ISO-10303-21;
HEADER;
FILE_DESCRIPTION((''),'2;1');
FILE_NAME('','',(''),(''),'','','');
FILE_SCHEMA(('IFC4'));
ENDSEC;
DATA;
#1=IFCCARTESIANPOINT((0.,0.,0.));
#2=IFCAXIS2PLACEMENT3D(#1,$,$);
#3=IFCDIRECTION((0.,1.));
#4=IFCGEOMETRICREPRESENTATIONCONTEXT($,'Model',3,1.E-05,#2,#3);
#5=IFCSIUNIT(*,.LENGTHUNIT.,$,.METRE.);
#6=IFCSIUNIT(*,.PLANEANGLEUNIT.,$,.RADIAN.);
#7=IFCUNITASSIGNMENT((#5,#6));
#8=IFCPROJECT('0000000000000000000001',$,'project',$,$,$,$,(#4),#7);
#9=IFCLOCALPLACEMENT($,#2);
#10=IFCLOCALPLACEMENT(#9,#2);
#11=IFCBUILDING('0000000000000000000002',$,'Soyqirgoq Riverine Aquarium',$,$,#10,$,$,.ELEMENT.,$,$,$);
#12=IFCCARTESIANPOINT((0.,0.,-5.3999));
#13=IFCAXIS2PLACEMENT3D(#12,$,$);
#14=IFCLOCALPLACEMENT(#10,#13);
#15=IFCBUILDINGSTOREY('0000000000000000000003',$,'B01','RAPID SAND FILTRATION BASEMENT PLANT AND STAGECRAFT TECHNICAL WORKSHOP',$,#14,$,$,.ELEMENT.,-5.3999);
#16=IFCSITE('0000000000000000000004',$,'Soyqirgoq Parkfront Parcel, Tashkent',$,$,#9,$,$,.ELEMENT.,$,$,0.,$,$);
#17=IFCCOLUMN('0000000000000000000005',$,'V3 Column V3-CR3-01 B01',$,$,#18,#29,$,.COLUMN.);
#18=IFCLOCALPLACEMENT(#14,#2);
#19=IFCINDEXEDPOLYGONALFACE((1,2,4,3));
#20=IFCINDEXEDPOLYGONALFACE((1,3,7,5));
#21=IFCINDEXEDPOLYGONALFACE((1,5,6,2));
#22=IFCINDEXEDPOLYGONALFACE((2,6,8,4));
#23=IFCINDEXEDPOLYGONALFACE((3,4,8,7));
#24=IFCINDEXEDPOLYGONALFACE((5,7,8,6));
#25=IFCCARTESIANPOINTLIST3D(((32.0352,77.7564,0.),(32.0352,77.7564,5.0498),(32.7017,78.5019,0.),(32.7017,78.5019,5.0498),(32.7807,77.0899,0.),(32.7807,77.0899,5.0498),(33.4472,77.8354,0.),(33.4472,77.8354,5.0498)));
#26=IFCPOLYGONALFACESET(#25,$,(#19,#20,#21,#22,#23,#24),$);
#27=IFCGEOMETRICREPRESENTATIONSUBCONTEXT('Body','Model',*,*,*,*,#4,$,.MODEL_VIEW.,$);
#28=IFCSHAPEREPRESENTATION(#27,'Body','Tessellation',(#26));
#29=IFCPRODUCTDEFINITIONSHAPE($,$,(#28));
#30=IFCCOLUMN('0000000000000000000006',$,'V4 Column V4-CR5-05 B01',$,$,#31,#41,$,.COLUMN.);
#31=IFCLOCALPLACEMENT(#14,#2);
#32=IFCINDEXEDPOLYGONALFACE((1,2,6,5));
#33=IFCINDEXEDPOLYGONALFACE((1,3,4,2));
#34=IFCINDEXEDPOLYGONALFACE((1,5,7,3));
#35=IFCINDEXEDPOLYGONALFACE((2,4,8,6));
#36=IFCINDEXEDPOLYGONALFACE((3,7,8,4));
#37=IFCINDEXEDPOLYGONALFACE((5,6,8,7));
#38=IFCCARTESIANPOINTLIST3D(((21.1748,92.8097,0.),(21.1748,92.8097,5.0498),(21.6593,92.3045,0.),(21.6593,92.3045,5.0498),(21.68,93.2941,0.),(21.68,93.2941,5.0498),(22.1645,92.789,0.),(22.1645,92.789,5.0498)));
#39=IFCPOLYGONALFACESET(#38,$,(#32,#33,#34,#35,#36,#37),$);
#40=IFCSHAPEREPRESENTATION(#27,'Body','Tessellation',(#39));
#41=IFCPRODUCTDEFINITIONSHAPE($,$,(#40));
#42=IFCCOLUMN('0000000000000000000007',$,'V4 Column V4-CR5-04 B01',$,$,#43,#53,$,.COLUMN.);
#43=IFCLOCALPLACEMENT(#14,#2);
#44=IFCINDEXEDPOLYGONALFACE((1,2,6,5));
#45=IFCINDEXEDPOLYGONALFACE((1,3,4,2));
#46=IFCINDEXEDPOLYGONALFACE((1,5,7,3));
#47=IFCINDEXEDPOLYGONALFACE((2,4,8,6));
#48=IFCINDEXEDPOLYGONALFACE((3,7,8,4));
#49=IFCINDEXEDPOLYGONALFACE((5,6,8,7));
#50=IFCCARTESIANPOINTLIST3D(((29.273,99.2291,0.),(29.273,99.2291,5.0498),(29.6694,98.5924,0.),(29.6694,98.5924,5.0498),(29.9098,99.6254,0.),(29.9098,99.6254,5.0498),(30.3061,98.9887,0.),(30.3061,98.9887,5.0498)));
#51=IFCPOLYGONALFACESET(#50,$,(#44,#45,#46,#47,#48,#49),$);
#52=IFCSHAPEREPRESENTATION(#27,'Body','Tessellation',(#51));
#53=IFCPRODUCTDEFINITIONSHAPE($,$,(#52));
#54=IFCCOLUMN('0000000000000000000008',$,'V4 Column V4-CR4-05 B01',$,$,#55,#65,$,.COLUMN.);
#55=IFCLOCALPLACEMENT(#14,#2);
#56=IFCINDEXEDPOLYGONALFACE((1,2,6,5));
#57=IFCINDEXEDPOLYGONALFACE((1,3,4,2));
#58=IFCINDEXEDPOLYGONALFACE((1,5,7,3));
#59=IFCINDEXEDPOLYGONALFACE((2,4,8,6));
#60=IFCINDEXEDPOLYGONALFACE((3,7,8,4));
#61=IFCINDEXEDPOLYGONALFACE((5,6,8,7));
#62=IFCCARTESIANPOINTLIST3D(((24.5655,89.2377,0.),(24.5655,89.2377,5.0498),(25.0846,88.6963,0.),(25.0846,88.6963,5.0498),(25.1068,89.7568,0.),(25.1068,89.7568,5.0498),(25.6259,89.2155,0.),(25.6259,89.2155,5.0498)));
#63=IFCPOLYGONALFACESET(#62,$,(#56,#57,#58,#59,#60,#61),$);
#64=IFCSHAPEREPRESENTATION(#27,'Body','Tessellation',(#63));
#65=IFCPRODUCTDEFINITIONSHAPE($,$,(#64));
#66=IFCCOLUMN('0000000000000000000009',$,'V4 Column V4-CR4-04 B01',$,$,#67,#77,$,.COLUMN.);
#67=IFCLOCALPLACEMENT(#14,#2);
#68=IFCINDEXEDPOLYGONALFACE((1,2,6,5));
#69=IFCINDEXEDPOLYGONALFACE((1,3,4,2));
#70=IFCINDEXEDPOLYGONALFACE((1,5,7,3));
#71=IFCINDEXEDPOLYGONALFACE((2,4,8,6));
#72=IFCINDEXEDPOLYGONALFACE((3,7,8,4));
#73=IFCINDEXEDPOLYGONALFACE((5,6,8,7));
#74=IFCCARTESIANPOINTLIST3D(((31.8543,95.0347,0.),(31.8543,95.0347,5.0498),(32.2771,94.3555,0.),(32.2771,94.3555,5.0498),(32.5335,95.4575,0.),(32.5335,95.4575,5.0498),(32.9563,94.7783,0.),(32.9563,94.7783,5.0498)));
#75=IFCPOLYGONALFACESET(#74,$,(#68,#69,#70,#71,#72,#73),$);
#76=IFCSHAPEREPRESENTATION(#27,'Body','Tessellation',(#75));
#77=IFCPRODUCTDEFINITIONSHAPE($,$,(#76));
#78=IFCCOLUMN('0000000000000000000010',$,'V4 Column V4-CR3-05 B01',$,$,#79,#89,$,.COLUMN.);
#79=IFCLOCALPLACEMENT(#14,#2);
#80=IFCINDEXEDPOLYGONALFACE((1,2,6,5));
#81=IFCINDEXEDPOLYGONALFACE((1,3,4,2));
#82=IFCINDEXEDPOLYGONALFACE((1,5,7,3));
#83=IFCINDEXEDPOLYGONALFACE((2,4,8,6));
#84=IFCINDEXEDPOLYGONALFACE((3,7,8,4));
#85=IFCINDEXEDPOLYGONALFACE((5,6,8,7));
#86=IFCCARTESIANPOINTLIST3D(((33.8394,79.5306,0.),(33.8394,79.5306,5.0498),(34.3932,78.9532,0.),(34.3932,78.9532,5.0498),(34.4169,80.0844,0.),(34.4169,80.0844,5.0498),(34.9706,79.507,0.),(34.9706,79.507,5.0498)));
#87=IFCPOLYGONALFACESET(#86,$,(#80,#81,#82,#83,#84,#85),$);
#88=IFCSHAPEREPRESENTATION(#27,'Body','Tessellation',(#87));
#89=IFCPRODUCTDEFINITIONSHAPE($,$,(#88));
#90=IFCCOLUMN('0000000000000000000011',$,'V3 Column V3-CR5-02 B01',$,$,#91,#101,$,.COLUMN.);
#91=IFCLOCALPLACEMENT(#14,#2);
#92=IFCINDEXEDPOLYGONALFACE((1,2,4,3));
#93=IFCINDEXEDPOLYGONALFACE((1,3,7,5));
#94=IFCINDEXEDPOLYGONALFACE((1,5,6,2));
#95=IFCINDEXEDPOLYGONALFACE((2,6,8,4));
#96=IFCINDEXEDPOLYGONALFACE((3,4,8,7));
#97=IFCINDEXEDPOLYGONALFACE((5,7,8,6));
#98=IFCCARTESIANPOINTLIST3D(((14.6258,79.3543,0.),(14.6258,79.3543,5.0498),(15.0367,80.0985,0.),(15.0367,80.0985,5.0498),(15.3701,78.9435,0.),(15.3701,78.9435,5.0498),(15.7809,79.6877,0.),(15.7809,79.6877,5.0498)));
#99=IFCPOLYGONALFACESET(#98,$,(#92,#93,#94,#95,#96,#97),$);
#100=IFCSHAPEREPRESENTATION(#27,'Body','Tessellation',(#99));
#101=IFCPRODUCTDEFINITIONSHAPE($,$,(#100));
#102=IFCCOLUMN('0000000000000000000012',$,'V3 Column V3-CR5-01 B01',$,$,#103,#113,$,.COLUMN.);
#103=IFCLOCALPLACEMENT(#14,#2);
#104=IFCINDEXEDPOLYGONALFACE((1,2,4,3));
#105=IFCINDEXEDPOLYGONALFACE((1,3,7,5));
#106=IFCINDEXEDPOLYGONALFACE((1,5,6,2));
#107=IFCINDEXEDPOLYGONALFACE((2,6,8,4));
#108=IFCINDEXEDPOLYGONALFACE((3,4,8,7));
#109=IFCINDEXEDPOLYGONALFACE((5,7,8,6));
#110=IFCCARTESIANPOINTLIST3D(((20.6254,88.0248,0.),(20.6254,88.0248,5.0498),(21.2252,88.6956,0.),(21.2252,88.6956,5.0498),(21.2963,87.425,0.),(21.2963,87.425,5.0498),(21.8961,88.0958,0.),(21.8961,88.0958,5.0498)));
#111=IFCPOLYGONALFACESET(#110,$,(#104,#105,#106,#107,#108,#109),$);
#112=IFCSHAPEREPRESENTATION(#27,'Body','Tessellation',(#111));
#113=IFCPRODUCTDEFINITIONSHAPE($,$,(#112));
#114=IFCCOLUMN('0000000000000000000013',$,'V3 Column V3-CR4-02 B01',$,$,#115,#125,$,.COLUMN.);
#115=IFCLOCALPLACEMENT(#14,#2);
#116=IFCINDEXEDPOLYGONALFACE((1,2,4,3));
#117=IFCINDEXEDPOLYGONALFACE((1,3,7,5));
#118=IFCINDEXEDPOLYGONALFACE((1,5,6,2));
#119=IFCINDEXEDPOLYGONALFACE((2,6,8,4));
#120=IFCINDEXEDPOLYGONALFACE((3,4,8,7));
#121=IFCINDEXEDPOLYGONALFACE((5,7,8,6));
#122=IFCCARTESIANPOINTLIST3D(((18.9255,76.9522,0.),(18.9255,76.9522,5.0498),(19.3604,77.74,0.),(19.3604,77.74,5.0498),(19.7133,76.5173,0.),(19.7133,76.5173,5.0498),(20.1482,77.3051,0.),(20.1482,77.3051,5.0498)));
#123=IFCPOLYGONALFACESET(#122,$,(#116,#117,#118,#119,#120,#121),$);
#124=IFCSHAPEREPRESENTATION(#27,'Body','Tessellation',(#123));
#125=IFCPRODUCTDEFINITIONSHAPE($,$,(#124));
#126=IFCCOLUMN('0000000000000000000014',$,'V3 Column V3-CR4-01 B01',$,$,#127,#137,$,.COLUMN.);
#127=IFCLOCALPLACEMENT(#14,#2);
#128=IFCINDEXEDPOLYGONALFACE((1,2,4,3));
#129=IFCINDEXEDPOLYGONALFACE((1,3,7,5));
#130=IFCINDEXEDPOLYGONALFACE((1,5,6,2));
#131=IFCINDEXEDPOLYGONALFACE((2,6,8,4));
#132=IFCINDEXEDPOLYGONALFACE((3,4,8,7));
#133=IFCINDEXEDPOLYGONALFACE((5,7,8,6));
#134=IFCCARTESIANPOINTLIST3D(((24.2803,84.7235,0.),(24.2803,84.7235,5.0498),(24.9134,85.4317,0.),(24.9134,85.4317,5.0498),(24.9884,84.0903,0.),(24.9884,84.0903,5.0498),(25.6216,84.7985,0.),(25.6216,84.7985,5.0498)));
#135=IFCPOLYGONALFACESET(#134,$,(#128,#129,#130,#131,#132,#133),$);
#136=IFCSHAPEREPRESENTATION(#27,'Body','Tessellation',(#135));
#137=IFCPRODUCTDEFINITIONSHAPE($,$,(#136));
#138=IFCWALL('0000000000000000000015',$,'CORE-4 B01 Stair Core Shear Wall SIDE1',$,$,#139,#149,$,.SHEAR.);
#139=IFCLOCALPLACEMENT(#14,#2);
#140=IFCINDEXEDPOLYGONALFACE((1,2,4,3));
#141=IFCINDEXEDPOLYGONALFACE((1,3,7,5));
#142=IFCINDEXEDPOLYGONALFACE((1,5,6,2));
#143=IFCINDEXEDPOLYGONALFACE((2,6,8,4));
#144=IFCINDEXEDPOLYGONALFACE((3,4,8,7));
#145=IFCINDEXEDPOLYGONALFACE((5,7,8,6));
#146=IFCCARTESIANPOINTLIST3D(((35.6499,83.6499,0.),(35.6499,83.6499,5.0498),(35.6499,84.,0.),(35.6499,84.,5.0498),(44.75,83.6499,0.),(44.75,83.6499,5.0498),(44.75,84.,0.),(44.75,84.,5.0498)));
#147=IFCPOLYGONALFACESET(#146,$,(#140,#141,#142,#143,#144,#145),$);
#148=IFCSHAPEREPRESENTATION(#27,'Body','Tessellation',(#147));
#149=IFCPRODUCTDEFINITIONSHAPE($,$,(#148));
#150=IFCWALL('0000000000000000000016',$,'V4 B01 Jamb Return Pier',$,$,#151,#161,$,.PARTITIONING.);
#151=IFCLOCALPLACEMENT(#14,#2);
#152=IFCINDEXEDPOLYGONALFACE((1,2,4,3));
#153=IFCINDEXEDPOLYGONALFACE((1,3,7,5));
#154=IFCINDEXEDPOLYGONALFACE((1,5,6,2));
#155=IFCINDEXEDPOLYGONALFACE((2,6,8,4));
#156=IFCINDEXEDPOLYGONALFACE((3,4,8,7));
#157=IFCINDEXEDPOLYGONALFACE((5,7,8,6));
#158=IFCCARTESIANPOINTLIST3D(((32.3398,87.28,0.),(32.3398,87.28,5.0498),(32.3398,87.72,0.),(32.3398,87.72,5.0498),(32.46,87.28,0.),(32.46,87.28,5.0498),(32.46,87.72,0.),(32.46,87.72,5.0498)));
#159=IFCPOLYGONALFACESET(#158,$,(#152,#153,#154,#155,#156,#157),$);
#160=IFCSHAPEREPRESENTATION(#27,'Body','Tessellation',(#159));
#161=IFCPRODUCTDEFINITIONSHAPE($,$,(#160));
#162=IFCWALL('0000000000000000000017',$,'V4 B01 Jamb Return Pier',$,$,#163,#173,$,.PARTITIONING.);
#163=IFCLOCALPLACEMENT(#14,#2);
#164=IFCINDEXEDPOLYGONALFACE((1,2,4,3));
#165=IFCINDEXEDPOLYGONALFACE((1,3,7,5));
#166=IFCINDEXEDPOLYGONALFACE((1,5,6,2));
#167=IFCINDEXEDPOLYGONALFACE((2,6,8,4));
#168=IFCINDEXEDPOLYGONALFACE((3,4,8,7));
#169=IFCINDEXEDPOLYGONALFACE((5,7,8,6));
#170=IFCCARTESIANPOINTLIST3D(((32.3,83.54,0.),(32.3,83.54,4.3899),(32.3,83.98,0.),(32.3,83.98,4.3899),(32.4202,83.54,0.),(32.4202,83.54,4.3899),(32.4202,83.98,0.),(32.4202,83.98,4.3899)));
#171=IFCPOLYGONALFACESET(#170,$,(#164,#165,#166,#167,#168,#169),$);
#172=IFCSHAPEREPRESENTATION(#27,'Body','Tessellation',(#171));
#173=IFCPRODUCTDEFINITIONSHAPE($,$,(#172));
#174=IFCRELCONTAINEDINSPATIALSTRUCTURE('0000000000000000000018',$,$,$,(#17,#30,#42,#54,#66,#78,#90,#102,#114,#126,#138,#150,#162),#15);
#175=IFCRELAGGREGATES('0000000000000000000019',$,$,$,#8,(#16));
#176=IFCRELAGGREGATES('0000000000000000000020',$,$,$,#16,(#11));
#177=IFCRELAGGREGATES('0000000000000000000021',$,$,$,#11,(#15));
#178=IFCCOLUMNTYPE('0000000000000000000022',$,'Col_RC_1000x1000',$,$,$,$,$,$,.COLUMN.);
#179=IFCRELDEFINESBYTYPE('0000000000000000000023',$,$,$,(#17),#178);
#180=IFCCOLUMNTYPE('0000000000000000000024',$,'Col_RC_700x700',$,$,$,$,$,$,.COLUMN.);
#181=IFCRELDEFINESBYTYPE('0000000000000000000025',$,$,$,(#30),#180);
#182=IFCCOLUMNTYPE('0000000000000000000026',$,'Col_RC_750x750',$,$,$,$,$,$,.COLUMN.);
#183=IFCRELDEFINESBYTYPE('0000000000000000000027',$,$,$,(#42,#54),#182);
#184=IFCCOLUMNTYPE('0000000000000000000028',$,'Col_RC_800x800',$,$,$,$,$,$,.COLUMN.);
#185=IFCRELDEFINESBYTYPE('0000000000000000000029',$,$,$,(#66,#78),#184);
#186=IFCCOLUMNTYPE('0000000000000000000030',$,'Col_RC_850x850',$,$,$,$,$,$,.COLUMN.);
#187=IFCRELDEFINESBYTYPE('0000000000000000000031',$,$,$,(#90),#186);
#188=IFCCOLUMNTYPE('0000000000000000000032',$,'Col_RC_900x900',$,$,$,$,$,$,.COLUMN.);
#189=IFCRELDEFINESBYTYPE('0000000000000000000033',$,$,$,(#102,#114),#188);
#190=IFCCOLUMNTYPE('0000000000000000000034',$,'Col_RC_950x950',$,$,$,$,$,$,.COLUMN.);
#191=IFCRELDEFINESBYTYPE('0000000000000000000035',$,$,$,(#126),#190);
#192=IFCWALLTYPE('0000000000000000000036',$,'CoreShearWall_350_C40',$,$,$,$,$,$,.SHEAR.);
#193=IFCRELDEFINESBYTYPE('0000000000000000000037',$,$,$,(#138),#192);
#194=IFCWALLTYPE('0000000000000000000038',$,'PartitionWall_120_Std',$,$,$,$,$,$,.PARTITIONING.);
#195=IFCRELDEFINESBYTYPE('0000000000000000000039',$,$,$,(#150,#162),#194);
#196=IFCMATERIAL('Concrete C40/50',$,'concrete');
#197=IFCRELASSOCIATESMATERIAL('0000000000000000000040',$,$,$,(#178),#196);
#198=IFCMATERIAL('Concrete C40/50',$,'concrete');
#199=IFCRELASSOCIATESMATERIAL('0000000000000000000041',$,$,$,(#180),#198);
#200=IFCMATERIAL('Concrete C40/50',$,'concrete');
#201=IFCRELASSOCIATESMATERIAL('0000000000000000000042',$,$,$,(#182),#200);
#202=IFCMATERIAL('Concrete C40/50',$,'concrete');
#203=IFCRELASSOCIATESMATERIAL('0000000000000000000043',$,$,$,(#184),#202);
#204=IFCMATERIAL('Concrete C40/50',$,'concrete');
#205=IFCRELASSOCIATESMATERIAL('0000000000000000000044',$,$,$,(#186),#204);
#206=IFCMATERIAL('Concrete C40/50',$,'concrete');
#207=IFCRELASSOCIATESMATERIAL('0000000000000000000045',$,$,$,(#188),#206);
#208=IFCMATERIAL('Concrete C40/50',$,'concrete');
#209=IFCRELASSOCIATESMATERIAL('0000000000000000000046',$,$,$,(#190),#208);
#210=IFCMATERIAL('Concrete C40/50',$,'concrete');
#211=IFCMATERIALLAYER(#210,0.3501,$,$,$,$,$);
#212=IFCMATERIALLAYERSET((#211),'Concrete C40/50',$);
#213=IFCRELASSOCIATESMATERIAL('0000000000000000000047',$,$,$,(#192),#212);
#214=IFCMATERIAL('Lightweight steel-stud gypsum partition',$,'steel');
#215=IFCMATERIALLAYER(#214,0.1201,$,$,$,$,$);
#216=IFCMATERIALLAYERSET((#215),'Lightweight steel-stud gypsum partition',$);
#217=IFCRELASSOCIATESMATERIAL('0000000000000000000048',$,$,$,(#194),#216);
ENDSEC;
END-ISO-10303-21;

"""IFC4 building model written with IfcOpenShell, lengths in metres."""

from ifc_helpers import new_model, si_unit, direction, frame, frame_2d, origin, origin_2d, place, context, subcontext, project, spatial, rectangle, extrude, material, layer, layer_set, material_profile, profile_set, type_object, element, save


model = new_model("IFC4")

# Units and contexts
model_context = context("Model", 3, precision=1e-05, world=origin(), true_north=direction((0.0, 1.0)))
body_context = subcontext(model_context, "Body", "Model", "MODEL_VIEW")
ifc_project = project(units=[si_unit("LENGTHUNIT", "METRE"), si_unit("PLANEANGLEUNIT", "RADIAN")], contexts=[model_context])

# Site, building, storey
site_placement = place(None, origin())
site = spatial("IfcSite", under=ifc_project, at=site_placement, Name="Soyqirgoq Parkfront Parcel, Tashkent", CompositionType="ELEMENT", RefElevation=0.0)
building_placement = place(site_placement, origin())
building = spatial("IfcBuilding", under=site, at=building_placement, Name="Soyqirgoq Riverine Aquarium", CompositionType="ELEMENT")
storey_placement = place(building_placement, frame((0.0, 0.0, -5.3999)))
storey = spatial("IfcBuildingStorey", under=building, at=storey_placement, Name="B01", Description="RAPID SAND FILTRATION BASEMENT PLANT AND STAGECRAFT TECHNICAL WORKSHOP", CompositionType="ELEMENT", Elevation=-5.3999)

# Columns
ifc_material_1 = material(Name="Concrete C40/50", Category="concrete")
ifc_material_profile_1 = material_profile(ifc_material_1, rectangle(XDim=1.0, YDim=1.0, at=origin_2d()), Name="RC 1000x1000")
ifc_profile_set_1 = profile_set([ifc_material_profile_1], Name="Concrete C40/50")
column_type_1 = type_object("IfcColumnType", Name="Col_RC_1000x1000", PredefinedType="COLUMN", material=ifc_profile_set_1)
column_1_placement = place(storey_placement, frame((32.7412, 77.7959, 0.0), z_axis=(0.0, 0.0, 1.0), x_axis=(-0.745476, 0.666532, 0.0)))
element("IfcColumn", 1, at=column_1_placement, inside=storey, type_object=column_type_1, Name="V3 Column V3-CR3-01 B01", PredefinedType="COLUMN", context=body_context, shape_type="SweptSolid", body=[
    extrude(rectangle(XDim=1.0, YDim=1.0, at=origin_2d()), origin(), (0.0, 0.0, 1.0), 5.0498),
])
ifc_material_2 = material(Name="Concrete C40/50", Category="concrete")
ifc_material_profile_2 = material_profile(ifc_material_2, rectangle(XDim=0.7, YDim=0.7, at=origin_2d()), Name="RC 700x700")
ifc_profile_set_2 = profile_set([ifc_material_profile_2], Name="Concrete C40/50")
column_type_2 = type_object("IfcColumnType", Name="Col_RC_700x700", PredefinedType="COLUMN", material=ifc_profile_set_2)
column_2_placement = place(storey_placement, frame((21.6697, 92.7993, 0.0), z_axis=(0.0, 0.0, 1.0), x_axis=(-0.692143, 0.72176, 0.0)))
element("IfcColumn", 2, at=column_2_placement, inside=storey, type_object=column_type_2, Name="V4 Column V4-CR5-05 B01", PredefinedType="COLUMN", context=body_context, shape_type="SweptSolid", body=[
    extrude(rectangle(XDim=0.7, YDim=0.7, at=origin_2d()), origin(), (0.0, 0.0, 1.0), 5.0498),
])
ifc_material_3 = material(Name="Concrete C40/50", Category="concrete")
ifc_material_profile_3 = material_profile(ifc_material_3, rectangle(XDim=0.75, YDim=0.75, at=origin_2d()), Name="RC 750x750")
ifc_profile_set_3 = profile_set([ifc_material_profile_3], Name="Concrete C40/50")
column_type_3 = type_object("IfcColumnType", Name="Col_RC_750x750", PredefinedType="COLUMN", material=ifc_profile_set_3)
for number, where, z_axis, x_axis, name in (
    (3, (29.7896, 99.1089, 0.0), (0.0, 0.0, 1.0), (-0.528438, 0.848972, 0.0), "V4 Column V4-CR5-04 B01"),
    (4, (25.0957, 89.2266, 0.0), (0.0, 0.0, 1.0), (-0.692143, 0.72176, 0.0), "V4 Column V4-CR4-05 B01"),
):
    element("IfcColumn", number, at=place(storey_placement, frame(where, z_axis=z_axis, x_axis=x_axis)), inside=storey, type_object=column_type_3, Name=name, PredefinedType="COLUMN", context=body_context, shape_type="SweptSolid", body=[
        extrude(rectangle(XDim=0.75, YDim=0.75, at=origin_2d()), origin(), (0.0, 0.0, 1.0), 5.0498),
    ])
ifc_material_4 = material(Name="Concrete C40/50", Category="concrete")
ifc_material_profile_4 = material_profile(ifc_material_4, rectangle(XDim=0.8, YDim=0.8, at=origin_2d()), Name="RC 800x800")
ifc_profile_set_4 = profile_set([ifc_material_profile_4], Name="Concrete C40/50")
column_type_4 = type_object("IfcColumnType", Name="Col_RC_800x800", PredefinedType="COLUMN", material=ifc_profile_set_4)
for number, where, z_axis, x_axis, name in (
    (5, (32.4053, 94.9065, 0.0), (0.0, 0.0, 1.0), (-0.528438, 0.848972, 0.0), "V4 Column V4-CR4-04 B01"),
    (6, (34.405, 79.5188, 0.0), (0.0, 0.0, 1.0), (-0.692143, 0.72176, 0.0), "V4 Column V4-CR3-05 B01"),
):
    element("IfcColumn", number, at=place(storey_placement, frame(where, z_axis=z_axis, x_axis=x_axis)), inside=storey, type_object=column_type_4, Name=name, PredefinedType="COLUMN", context=body_context, shape_type="SweptSolid", body=[
        extrude(rectangle(XDim=0.8, YDim=0.8, at=origin_2d()), origin(), (0.0, 0.0, 1.0), 5.0498),
    ])
ifc_material_5 = material(Name="Concrete C40/50", Category="concrete")
ifc_material_profile_5 = material_profile(ifc_material_5, rectangle(XDim=0.8501, YDim=0.8501, at=origin_2d()), Name="RC 850x850")
ifc_profile_set_5 = profile_set([ifc_material_profile_5], Name="Concrete C40/50")
column_type_5 = type_object("IfcColumnType", Name="Col_RC_850x850", PredefinedType="COLUMN", material=ifc_profile_set_5)
column_3_placement = place(storey_placement, frame((15.2034, 79.521, 0.0), z_axis=(0.0, 0.0, 1.0), x_axis=(-0.875465, 0.483282, 0.0)))
element("IfcColumn", 7, at=column_3_placement, inside=storey, type_object=column_type_5, Name="V3 Column V3-CR5-02 B01", PredefinedType="COLUMN", context=body_context, shape_type="SweptSolid", body=[
    extrude(rectangle(XDim=0.8501, YDim=0.8501, at=origin_2d()), origin(), (0.0, 0.0, 1.0), 5.0498),
])
ifc_material_6 = material(Name="Concrete C40/50", Category="concrete")
ifc_material_profile_6 = material_profile(ifc_material_6, rectangle(XDim=0.8999, YDim=0.8999, at=origin_2d()), Name="RC 900x900")
ifc_profile_set_6 = profile_set([ifc_material_profile_6], Name="Concrete C40/50")
column_type_6 = type_object("IfcColumnType", Name="Col_RC_900x900", PredefinedType="COLUMN", material=ifc_profile_set_6)
for number, where, z_axis, x_axis, name in (
    (8, (21.2607, 88.0603, 0.0), (0.0, 0.0, 1.0), (-0.745476, 0.666532, 0.0), "V3 Column V3-CR5-01 B01"),
    (9, (19.5369, 77.1287, 0.0), (0.0, 0.0, 1.0), (-0.875465, 0.483282, 0.0), "V3 Column V3-CR4-02 B01"),
):
    element("IfcColumn", number, at=place(storey_placement, frame(where, z_axis=z_axis, x_axis=x_axis)), inside=storey, type_object=column_type_6, Name=name, PredefinedType="COLUMN", context=body_context, shape_type="SweptSolid", body=[
        extrude(rectangle(XDim=0.8999, YDim=0.8999, at=origin_2d()), origin(), (0.0, 0.0, 1.0), 5.0498),
    ])
ifc_material_7 = material(Name="Concrete C40/50", Category="concrete")
ifc_material_profile_7 = material_profile(ifc_material_7, rectangle(XDim=0.95, YDim=0.95, at=origin_2d()), Name="RC 950x950")
ifc_profile_set_7 = profile_set([ifc_material_profile_7], Name="Concrete C40/50")
column_type_7 = type_object("IfcColumnType", Name="Col_RC_950x950", PredefinedType="COLUMN", material=ifc_profile_set_7)
column_4_placement = place(storey_placement, frame((24.9509, 84.761, 0.0), z_axis=(0.0, 0.0, 1.0), x_axis=(-0.745476, 0.666532, 0.0)))
element("IfcColumn", 10, at=column_4_placement, inside=storey, type_object=column_type_7, Name="V3 Column V3-CR4-01 B01", PredefinedType="COLUMN", context=body_context, shape_type="SweptSolid", body=[
    extrude(rectangle(XDim=0.95, YDim=0.95, at=origin_2d()), origin(), (0.0, 0.0, 1.0), 5.0498),
])

# Walls
ifc_material_8 = material(Name="Concrete C40/50", Category="concrete")
ifc_layer_1 = layer(ifc_material_8, 0.3501)
ifc_layer_set_1 = layer_set([ifc_layer_1], Name="Concrete C40/50")
wall_type_1 = type_object("IfcWallType", Name="CoreShearWall_350_C40", PredefinedType="SHEAR", material=ifc_layer_set_1)
wall_1_placement = place(storey_placement, frame((35.6499, 83.825, 0.0), z_axis=(0.0, 0.0, 1.0), x_axis=(1.0, 0.0, 0.0)))
element("IfcWall", 11, at=wall_1_placement, inside=storey, type_object=wall_type_1, Name="CORE-4 B01 Stair Core Shear Wall SIDE1", PredefinedType="SHEAR", context=body_context, shape_type="SweptSolid", body=[
    extrude(rectangle(XDim=9.1001, YDim=0.3501, at=frame_2d((4.55, 0.0))), origin(), (0.0, 0.0, 1.0), 5.0498),
])
ifc_material_9 = material(Name="Lightweight steel-stud gypsum partition", Category="steel")
ifc_layer_2 = layer(ifc_material_9, 0.1201)
ifc_layer_set_2 = layer_set([ifc_layer_2], Name="Lightweight steel-stud gypsum partition")
wall_type_2 = type_object("IfcWallType", Name="PartitionWall_120_Std", PredefinedType="PARTITIONING", material=ifc_layer_set_2)
wall_2_placement = place(storey_placement, frame((32.3999, 87.72, 0.0), z_axis=(0.0, 0.0, 1.0), x_axis=(0.0, -1.0, 0.0)))
element("IfcWall", 12, at=wall_2_placement, inside=storey, type_object=wall_type_2, Name="V4 B01 Jamb Return Pier", PredefinedType="PARTITIONING", context=body_context, shape_type="SweptSolid", body=[
    extrude(rectangle(XDim=0.4399, YDim=0.1201, at=frame_2d((0.22, 0.0))), origin(), (0.0, 0.0, 1.0), 5.0498),
])
wall_3_placement = place(storey_placement, frame((32.3601, 83.98, 0.0), z_axis=(0.0, 0.0, 1.0), x_axis=(0.0, -1.0, 0.0)))
element("IfcWall", 13, at=wall_3_placement, inside=storey, type_object=wall_type_2, Name="V4 B01 Jamb Return Pier", PredefinedType="PARTITIONING", context=body_context, shape_type="SweptSolid", body=[
    extrude(rectangle(XDim=0.4399, YDim=0.1201, at=frame_2d((0.22, 0.0))), origin(), (0.0, 0.0, 1.0), 4.3899),
])

save(model, "model.ifc")
